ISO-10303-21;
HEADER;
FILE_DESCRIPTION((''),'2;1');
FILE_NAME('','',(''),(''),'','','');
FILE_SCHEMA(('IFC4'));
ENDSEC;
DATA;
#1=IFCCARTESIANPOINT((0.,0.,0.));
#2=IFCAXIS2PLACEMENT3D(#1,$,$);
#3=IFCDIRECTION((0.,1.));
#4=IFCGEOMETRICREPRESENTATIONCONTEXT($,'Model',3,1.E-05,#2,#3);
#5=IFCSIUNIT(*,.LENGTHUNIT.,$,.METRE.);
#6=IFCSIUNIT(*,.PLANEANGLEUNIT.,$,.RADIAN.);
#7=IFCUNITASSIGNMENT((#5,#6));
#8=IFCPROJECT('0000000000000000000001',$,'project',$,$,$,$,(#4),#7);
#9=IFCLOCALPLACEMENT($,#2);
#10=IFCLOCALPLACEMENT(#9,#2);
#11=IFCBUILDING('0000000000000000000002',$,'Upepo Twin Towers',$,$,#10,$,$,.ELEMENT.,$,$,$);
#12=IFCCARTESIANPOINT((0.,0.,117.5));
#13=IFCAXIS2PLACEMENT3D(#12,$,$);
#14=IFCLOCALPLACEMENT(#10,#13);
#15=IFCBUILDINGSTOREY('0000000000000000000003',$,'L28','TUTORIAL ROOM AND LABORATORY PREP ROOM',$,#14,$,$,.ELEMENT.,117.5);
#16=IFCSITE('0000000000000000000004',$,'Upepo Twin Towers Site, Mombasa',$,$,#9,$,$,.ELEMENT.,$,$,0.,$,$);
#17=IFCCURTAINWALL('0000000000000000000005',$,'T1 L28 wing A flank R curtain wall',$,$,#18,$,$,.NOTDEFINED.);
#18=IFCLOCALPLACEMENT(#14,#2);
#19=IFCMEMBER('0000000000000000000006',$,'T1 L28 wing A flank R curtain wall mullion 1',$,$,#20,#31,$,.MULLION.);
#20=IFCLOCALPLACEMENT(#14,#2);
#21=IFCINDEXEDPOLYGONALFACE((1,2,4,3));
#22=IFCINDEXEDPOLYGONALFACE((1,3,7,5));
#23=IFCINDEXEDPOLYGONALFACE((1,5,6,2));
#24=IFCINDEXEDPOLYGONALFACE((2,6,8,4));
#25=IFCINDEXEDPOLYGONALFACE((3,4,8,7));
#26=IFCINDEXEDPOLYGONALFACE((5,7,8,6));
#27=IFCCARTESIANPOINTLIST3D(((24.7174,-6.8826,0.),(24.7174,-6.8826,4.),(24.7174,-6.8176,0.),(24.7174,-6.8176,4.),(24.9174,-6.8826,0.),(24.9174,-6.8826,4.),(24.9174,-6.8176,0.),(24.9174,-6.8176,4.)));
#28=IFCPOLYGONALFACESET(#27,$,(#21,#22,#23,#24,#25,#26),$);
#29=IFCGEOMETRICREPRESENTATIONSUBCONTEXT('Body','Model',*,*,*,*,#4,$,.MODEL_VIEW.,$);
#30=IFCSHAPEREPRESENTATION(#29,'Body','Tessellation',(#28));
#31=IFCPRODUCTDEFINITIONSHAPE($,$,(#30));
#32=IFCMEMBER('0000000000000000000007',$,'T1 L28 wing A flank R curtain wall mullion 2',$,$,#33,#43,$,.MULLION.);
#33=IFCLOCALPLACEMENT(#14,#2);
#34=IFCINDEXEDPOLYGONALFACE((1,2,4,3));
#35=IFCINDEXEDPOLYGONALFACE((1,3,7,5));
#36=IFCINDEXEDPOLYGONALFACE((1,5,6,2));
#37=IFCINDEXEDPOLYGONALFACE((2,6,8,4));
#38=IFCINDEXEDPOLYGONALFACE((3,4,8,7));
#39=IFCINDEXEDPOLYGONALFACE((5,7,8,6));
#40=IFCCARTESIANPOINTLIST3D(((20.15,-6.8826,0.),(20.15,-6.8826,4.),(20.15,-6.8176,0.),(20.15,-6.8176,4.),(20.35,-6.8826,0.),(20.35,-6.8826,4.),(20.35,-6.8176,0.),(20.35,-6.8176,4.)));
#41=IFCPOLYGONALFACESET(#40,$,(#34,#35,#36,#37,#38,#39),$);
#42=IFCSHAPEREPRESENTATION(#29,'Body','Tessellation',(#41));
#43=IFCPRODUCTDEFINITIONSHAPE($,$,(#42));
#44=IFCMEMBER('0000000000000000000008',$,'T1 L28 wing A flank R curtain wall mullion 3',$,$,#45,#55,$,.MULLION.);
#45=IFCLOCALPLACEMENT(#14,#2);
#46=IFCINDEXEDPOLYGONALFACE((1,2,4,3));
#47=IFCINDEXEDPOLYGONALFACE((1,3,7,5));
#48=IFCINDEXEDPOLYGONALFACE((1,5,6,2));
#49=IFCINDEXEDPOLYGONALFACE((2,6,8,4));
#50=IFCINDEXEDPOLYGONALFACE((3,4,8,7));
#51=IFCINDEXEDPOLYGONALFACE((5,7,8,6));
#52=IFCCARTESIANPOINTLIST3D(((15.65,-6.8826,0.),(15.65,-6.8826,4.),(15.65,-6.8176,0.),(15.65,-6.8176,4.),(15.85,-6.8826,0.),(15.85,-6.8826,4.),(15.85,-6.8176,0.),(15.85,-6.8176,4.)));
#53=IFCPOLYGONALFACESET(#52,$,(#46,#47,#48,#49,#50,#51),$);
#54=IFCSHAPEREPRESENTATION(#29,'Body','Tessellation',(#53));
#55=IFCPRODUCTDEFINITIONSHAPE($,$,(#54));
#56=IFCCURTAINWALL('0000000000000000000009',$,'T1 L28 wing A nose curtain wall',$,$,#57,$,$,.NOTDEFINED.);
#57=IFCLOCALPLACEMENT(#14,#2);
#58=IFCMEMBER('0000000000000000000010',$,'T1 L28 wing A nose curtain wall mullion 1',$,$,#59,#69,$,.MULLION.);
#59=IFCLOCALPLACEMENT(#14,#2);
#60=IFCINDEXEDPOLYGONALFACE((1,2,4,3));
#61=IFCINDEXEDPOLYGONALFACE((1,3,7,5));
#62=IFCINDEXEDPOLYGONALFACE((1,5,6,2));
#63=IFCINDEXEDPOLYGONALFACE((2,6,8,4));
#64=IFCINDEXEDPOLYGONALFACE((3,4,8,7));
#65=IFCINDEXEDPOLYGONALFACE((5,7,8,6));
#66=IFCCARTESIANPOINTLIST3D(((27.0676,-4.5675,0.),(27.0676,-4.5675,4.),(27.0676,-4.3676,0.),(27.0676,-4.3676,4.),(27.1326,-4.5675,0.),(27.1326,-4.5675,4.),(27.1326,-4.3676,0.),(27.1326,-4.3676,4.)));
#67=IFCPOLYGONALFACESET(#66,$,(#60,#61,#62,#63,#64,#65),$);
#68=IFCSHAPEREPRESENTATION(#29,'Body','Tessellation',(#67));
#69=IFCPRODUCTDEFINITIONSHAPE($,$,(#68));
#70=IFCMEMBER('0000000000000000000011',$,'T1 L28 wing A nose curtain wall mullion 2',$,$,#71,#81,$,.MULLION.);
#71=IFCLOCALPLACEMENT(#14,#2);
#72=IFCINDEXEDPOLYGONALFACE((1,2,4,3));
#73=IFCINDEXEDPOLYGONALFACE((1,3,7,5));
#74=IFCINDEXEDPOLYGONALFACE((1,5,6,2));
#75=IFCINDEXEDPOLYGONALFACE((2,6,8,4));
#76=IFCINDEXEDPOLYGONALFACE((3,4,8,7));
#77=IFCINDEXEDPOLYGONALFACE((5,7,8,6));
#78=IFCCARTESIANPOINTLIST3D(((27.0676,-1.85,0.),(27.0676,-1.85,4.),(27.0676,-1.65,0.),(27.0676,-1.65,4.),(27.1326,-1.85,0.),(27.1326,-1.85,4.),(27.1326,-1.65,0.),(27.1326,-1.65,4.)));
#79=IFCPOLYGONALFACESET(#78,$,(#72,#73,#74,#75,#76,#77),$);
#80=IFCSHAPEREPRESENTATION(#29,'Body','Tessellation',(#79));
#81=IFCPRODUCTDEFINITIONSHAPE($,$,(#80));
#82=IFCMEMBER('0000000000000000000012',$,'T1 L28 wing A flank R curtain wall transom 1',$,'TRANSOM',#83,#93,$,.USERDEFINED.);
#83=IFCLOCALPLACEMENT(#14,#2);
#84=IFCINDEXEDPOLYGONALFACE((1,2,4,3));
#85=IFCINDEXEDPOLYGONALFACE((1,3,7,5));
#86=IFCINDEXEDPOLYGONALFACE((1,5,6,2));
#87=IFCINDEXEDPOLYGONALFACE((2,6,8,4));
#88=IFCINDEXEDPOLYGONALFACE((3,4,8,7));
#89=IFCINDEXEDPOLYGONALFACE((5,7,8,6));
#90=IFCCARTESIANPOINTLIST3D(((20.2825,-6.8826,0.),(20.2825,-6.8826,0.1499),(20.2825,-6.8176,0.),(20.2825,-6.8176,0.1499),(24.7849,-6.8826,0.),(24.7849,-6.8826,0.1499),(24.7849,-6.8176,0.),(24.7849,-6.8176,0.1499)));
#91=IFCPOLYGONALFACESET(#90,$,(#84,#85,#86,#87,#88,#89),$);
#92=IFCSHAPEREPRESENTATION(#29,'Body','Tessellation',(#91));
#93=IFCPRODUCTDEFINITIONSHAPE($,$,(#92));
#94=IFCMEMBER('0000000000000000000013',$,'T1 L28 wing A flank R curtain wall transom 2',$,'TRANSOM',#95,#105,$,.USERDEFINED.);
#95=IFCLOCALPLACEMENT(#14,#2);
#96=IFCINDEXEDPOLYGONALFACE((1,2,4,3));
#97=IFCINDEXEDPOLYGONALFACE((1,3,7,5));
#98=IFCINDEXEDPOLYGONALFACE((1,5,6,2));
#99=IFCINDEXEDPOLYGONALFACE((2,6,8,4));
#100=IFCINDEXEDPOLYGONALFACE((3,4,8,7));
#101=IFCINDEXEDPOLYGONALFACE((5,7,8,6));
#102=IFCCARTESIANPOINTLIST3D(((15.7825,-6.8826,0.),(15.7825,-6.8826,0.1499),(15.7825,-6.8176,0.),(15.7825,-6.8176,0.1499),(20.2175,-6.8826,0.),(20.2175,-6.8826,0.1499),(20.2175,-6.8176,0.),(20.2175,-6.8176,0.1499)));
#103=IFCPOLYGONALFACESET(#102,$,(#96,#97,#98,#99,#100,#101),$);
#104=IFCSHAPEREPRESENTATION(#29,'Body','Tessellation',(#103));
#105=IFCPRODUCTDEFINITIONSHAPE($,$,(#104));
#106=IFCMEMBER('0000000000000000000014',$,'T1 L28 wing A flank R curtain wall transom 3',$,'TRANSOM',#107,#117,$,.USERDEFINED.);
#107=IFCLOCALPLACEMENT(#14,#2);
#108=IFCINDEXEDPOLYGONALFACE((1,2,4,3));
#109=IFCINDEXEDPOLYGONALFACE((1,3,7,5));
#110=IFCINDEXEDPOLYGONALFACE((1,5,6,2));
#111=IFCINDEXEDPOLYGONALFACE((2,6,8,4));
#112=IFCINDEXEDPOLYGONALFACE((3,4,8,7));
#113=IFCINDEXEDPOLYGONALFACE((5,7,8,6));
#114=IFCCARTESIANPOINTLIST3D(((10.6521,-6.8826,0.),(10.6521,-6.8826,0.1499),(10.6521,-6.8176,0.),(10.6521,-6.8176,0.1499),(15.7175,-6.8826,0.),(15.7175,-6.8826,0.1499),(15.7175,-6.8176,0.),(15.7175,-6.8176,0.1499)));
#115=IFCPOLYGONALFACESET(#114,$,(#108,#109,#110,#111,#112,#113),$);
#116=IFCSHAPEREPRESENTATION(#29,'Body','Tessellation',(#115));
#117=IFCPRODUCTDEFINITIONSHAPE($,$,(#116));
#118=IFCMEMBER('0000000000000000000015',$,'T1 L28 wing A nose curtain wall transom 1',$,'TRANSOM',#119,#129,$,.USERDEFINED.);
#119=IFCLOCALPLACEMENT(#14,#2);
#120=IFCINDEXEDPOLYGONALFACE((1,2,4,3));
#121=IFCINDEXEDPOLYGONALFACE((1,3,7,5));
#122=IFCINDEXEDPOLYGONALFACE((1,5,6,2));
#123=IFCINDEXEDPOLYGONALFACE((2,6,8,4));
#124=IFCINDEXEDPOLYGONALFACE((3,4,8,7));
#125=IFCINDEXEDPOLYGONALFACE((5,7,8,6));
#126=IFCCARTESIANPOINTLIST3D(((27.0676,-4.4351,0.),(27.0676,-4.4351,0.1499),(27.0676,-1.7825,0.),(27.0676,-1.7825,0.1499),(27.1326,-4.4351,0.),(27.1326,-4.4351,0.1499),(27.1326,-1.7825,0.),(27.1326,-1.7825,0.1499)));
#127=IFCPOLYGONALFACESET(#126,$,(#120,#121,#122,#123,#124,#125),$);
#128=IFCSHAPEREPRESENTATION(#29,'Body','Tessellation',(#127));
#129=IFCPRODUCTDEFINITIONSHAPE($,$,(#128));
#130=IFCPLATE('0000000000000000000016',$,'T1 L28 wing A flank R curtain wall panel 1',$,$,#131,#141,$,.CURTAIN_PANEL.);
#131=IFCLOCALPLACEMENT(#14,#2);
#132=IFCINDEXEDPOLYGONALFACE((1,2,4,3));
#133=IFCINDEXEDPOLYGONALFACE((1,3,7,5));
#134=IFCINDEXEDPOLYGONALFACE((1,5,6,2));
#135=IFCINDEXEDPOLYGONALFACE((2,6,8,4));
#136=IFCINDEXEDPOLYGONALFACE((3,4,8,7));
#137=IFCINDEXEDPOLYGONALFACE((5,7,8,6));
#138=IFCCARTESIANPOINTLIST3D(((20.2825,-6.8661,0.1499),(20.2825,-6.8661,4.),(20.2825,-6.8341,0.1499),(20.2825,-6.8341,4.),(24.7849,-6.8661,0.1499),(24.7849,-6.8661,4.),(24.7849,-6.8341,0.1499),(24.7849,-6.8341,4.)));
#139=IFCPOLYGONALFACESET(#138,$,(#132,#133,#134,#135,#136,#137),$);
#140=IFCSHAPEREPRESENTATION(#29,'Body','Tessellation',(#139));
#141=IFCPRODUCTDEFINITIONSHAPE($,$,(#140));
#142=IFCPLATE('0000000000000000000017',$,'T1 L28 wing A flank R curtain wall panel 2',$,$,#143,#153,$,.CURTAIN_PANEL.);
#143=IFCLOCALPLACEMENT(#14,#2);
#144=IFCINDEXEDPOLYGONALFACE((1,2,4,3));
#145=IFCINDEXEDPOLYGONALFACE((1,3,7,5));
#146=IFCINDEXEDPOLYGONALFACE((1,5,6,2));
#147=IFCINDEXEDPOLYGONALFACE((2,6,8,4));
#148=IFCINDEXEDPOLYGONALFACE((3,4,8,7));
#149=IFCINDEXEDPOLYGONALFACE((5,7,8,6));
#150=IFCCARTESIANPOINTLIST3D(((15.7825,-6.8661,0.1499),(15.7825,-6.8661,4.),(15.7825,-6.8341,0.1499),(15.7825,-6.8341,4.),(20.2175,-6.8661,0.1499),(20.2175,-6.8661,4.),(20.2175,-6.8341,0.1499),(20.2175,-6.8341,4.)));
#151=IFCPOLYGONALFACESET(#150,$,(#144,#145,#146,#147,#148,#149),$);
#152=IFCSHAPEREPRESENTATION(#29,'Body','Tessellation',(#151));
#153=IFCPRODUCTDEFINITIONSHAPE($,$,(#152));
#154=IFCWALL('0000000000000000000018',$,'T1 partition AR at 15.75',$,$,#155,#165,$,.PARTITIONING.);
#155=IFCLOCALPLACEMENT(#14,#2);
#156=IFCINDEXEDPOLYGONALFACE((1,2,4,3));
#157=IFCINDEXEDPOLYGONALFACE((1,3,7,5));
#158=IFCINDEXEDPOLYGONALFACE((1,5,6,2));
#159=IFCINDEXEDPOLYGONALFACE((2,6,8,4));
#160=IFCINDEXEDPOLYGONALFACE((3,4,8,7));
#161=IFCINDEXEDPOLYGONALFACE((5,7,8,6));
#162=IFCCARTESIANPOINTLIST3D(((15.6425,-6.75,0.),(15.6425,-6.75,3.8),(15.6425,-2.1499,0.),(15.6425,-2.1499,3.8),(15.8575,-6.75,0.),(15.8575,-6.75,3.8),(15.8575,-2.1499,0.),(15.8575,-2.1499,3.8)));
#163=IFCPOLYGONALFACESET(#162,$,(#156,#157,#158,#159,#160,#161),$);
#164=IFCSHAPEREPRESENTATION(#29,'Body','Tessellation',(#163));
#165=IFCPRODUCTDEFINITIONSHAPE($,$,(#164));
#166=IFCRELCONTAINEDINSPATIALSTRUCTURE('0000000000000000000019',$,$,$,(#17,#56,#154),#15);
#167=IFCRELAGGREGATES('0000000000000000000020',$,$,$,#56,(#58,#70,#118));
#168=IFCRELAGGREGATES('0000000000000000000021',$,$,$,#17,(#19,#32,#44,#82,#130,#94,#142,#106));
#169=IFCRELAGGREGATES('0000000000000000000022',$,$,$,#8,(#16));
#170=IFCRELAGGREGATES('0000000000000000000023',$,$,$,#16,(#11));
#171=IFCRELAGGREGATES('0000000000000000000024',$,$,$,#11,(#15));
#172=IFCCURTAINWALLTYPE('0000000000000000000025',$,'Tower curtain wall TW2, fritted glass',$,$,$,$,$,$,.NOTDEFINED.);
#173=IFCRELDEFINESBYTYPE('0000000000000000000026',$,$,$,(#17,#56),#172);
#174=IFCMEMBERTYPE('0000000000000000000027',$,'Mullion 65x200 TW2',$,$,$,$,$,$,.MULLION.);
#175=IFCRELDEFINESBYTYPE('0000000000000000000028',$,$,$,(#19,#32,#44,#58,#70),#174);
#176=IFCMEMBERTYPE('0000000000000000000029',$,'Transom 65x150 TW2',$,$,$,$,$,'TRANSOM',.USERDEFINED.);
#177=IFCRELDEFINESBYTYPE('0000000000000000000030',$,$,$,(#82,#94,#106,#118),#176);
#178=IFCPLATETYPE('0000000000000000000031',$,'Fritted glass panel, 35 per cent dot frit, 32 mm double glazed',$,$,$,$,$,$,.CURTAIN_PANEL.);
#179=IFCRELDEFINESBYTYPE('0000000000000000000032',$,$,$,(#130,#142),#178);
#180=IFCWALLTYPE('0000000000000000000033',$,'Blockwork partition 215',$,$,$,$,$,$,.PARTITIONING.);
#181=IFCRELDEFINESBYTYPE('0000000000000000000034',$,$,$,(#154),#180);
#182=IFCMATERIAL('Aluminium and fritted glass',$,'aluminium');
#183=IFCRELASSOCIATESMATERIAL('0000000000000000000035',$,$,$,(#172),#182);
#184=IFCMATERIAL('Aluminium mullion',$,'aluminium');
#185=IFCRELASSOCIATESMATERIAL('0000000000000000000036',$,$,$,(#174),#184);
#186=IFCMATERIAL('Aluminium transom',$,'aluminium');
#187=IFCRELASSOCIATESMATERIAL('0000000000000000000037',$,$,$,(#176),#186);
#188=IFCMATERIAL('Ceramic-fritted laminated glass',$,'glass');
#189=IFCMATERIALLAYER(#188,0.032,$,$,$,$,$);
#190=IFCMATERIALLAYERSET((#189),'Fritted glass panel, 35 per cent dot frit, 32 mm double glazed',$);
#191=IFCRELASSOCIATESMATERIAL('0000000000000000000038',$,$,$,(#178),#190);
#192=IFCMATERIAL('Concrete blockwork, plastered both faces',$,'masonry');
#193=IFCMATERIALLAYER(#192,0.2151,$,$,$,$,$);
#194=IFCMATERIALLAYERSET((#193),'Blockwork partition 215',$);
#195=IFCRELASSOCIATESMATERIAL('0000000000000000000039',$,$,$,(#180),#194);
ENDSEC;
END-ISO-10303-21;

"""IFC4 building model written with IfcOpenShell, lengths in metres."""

from ifc_helpers import new_model, si_unit, direction, frame, frame_2d, origin, origin_2d, place, context, subcontext, project, spatial, rectangle, extrude, material, layer, layer_set, material_profile, profile_set, type_object, element, aggregate, save


model = new_model("IFC4")

# Units and contexts
model_context = context("Model", 3, precision=1e-05, world=origin(), true_north=direction((0.0, 1.0)))
body_context = subcontext(model_context, "Body", "Model", "MODEL_VIEW")
ifc_project = project(units=[si_unit("LENGTHUNIT", "METRE"), si_unit("PLANEANGLEUNIT", "RADIAN")], contexts=[model_context])

# Site, building, storey
site_placement = place(None, origin())
site = spatial("IfcSite", under=ifc_project, at=site_placement, Name="Upepo Twin Towers Site, Mombasa", CompositionType="ELEMENT", RefElevation=0.0)
building_placement = place(site_placement, origin())
building = spatial("IfcBuilding", under=site, at=building_placement, Name="Upepo Twin Towers", CompositionType="ELEMENT")
storey_placement = place(building_placement, frame((0.0, 0.0, 117.5)))
storey = spatial("IfcBuildingStorey", under=building, at=storey_placement, Name="L28", Description="TUTORIAL ROOM AND LABORATORY PREP ROOM", CompositionType="ELEMENT", Elevation=117.5)

# Curtain walls, members
ifc_material_1 = material(Name="Aluminium and fritted glass", Category="aluminium")
curtain_wall_type = type_object("IfcCurtainWallType", Name="Tower curtain wall TW2, fritted glass", PredefinedType="NOTDEFINED", material=ifc_material_1)
curtain_wall_1_placement = place(storey_placement, origin())
curtain_wall_1 = element("IfcCurtainWall", 1, at=curtain_wall_1_placement, inside=storey, type_object=curtain_wall_type, Name="T1 L28 wing A flank R curtain wall", PredefinedType="NOTDEFINED")
ifc_material_2 = material(Name="Aluminium mullion", Category="aluminium")
ifc_material_profile_1 = material_profile(ifc_material_2, rectangle(XDim=0.0649, YDim=0.2, at=origin_2d()), Name="MULLION 65x200")
ifc_profile_set_1 = profile_set([ifc_material_profile_1], Name="Aluminium mullion")
member_type_1 = type_object("IfcMemberType", Name="Mullion 65x200 TW2", PredefinedType="MULLION", material=ifc_profile_set_1)
member_1_placement = place(storey_placement, frame((24.8174, -6.8501, 0.0), z_axis=(0.0, 0.0, 1.0), x_axis=(0.0, -1.0, 0.0)))
member_1 = element("IfcMember", 2, at=member_1_placement, type_object=member_type_1, Name="T1 L28 wing A flank R curtain wall mullion 1", PredefinedType="MULLION", context=body_context, shape_type="SweptSolid", body=[
    extrude(rectangle(XDim=0.0649, YDim=0.2, at=origin_2d()), origin(), (0.0, 0.0, 1.0), 4.0),
])
member_2_placement = place(storey_placement, frame((20.25, -6.8501, 0.0), z_axis=(0.0, 0.0, 1.0), x_axis=(0.0, -1.0, 0.0)))
member_2 = element("IfcMember", 3, at=member_2_placement, type_object=member_type_1, Name="T1 L28 wing A flank R curtain wall mullion 2", PredefinedType="MULLION", context=body_context, shape_type="SweptSolid", body=[
    extrude(rectangle(XDim=0.0649, YDim=0.2, at=origin_2d()), origin(), (0.0, 0.0, 1.0), 4.0),
])
member_3_placement = place(storey_placement, frame((15.75, -6.8501, 0.0), z_axis=(0.0, 0.0, 1.0), x_axis=(0.0, -1.0, 0.0)))
member_3 = element("IfcMember", 4, at=member_3_placement, type_object=member_type_1, Name="T1 L28 wing A flank R curtain wall mullion 3", PredefinedType="MULLION", context=body_context, shape_type="SweptSolid", body=[
    extrude(rectangle(XDim=0.0649, YDim=0.2, at=origin_2d()), origin(), (0.0, 0.0, 1.0), 4.0),
])
curtain_wall_2_placement = place(storey_placement, origin())
curtain_wall_2 = element("IfcCurtainWall", 5, at=curtain_wall_2_placement, inside=storey, type_object=curtain_wall_type, Name="T1 L28 wing A nose curtain wall", PredefinedType="NOTDEFINED")
member_4_placement = place(storey_placement, frame((27.1001, -4.4675, 0.0), z_axis=(0.0, 0.0, 1.0), x_axis=(-1.0, 0.0, 0.0)))
member_4 = element("IfcMember", 6, at=member_4_placement, type_object=member_type_1, Name="T1 L28 wing A nose curtain wall mullion 1", PredefinedType="MULLION", context=body_context, shape_type="SweptSolid", body=[
    extrude(rectangle(XDim=0.0649, YDim=0.2, at=origin_2d()), origin(), (0.0, 0.0, 1.0), 4.0),
])
member_5_placement = place(storey_placement, frame((27.1001, -1.75, 0.0), z_axis=(0.0, 0.0, 1.0), x_axis=(-1.0, 0.0, 0.0)))
member_5 = element("IfcMember", 7, at=member_5_placement, type_object=member_type_1, Name="T1 L28 wing A nose curtain wall mullion 2", PredefinedType="MULLION", context=body_context, shape_type="SweptSolid", body=[
    extrude(rectangle(XDim=0.0649, YDim=0.2, at=origin_2d()), origin(), (0.0, 0.0, 1.0), 4.0),
])

# Members
ifc_material_3 = material(Name="Aluminium transom", Category="aluminium")
ifc_material_profile_2 = material_profile(ifc_material_3, rectangle(XDim=0.0649, YDim=0.1499, at=origin_2d()), Name="TRANSOM 65x150")
ifc_profile_set_2 = profile_set([ifc_material_profile_2], Name="Aluminium transom")
member_type_2 = type_object("IfcMemberType", Name="Transom 65x150 TW2", ElementType="TRANSOM", PredefinedType="USERDEFINED", material=ifc_profile_set_2)
member_6_placement = place(storey_placement, frame((24.7849, -6.8501, 0.075), z_axis=(-1.0, 0.0, 0.0), x_axis=(0.0, -1.0, 0.0)))
member_6 = element("IfcMember", 8, at=member_6_placement, type_object=member_type_2, Name="T1 L28 wing A flank R curtain wall transom 1", ObjectType="TRANSOM", PredefinedType="USERDEFINED", context=body_context, shape_type="SweptSolid", body=[
    extrude(rectangle(XDim=0.0649, YDim=0.1499, at=origin_2d()), origin(), (0.0, 0.0, 1.0), 4.5024),
])
member_7_placement = place(storey_placement, frame((20.2175, -6.8501, 0.075), z_axis=(-1.0, 0.0, 0.0), x_axis=(0.0, -1.0, 0.0)))
member_7 = element("IfcMember", 9, at=member_7_placement, type_object=member_type_2, Name="T1 L28 wing A flank R curtain wall transom 2", ObjectType="TRANSOM", PredefinedType="USERDEFINED", context=body_context, shape_type="SweptSolid", body=[
    extrude(rectangle(XDim=0.0649, YDim=0.1499, at=origin_2d()), origin(), (0.0, 0.0, 1.0), 4.4351),
])
member_8_placement = place(storey_placement, frame((15.7175, -6.8501, 0.075), z_axis=(-1.0, 0.0, 0.0), x_axis=(0.0, -1.0, 0.0)))
member_8 = element("IfcMember", 10, at=member_8_placement, type_object=member_type_2, Name="T1 L28 wing A flank R curtain wall transom 3", ObjectType="TRANSOM", PredefinedType="USERDEFINED", context=body_context, shape_type="SweptSolid", body=[
    extrude(rectangle(XDim=0.0649, YDim=0.1499, at=origin_2d()), origin(), (0.0, 0.0, 1.0), 5.0654),
])
member_9_placement = place(storey_placement, frame((27.1001, -4.4351, 0.075), z_axis=(0.0, 1.0, 0.0), x_axis=(-1.0, 0.0, 0.0)))
member_9 = element("IfcMember", 11, at=member_9_placement, type_object=member_type_2, Name="T1 L28 wing A nose curtain wall transom 1", ObjectType="TRANSOM", PredefinedType="USERDEFINED", context=body_context, shape_type="SweptSolid", body=[
    extrude(rectangle(XDim=0.0649, YDim=0.1499, at=origin_2d()), origin(), (0.0, 0.0, 1.0), 2.6526),
])
aggregate(curtain_wall_2, [member_4, member_5, member_9])

# Plates
ifc_material_4 = material(Name="Ceramic-fritted laminated glass", Category="glass")
ifc_layer_1 = layer(ifc_material_4, 0.032)
ifc_layer_set_1 = layer_set([ifc_layer_1], Name="Fritted glass panel, 35 per cent dot frit, 32 mm double glazed")
plate_type = type_object("IfcPlateType", Name="Fritted glass panel, 35 per cent dot frit, 32 mm double glazed", PredefinedType="CURTAIN_PANEL", material=ifc_layer_set_1)
plate_1_placement = place(storey_placement, frame((22.5337, -6.8501, 0.1499), z_axis=(0.0, 0.0, 1.0), x_axis=(-1.0, 0.0, 0.0)))
plate_1 = element("IfcPlate", 12, at=plate_1_placement, type_object=plate_type, Name="T1 L28 wing A flank R curtain wall panel 1", PredefinedType="CURTAIN_PANEL", context=body_context, shape_type="SweptSolid", body=[
    extrude(rectangle(XDim=4.5024, YDim=0.032, at=origin_2d()), origin(), (0.0, 0.0, 1.0), 3.8501),
])
plate_2_placement = place(storey_placement, frame((18.0, -6.8501, 0.1499), z_axis=(0.0, 0.0, 1.0), x_axis=(-1.0, 0.0, 0.0)))
plate_2 = element("IfcPlate", 13, at=plate_2_placement, type_object=plate_type, Name="T1 L28 wing A flank R curtain wall panel 2", PredefinedType="CURTAIN_PANEL", context=body_context, shape_type="SweptSolid", body=[
    extrude(rectangle(XDim=4.4351, YDim=0.032, at=origin_2d()), origin(), (0.0, 0.0, 1.0), 3.8501),
])
aggregate(curtain_wall_1, [member_1, member_2, member_3, member_6, plate_1, member_7, plate_2, member_8])

# Wall
ifc_material_5 = material(Name="Concrete blockwork, plastered both faces", Category="masonry")
ifc_layer_2 = layer(ifc_material_5, 0.2151)
ifc_layer_set_2 = layer_set([ifc_layer_2], Name="Blockwork partition 215")
wall_type_1 = type_object("IfcWallType", Name="Blockwork partition 215", PredefinedType="PARTITIONING", material=ifc_layer_set_2)
wall_1_placement = place(storey_placement, frame((15.75, -2.1499, 0.0), z_axis=(0.0, 0.0, 1.0), x_axis=(0.0, -1.0, 0.0)))
element("IfcWall", 14, at=wall_1_placement, inside=storey, type_object=wall_type_1, Name="T1 partition AR at 15.75", PredefinedType="PARTITIONING", context=body_context, shape_type="SweptSolid", body=[
    extrude(rectangle(XDim=4.6001, YDim=0.2151, at=frame_2d((2.3, 0.0))), origin(), (0.0, 0.0, 1.0), 3.8),
])

save(model, "model.ifc")
